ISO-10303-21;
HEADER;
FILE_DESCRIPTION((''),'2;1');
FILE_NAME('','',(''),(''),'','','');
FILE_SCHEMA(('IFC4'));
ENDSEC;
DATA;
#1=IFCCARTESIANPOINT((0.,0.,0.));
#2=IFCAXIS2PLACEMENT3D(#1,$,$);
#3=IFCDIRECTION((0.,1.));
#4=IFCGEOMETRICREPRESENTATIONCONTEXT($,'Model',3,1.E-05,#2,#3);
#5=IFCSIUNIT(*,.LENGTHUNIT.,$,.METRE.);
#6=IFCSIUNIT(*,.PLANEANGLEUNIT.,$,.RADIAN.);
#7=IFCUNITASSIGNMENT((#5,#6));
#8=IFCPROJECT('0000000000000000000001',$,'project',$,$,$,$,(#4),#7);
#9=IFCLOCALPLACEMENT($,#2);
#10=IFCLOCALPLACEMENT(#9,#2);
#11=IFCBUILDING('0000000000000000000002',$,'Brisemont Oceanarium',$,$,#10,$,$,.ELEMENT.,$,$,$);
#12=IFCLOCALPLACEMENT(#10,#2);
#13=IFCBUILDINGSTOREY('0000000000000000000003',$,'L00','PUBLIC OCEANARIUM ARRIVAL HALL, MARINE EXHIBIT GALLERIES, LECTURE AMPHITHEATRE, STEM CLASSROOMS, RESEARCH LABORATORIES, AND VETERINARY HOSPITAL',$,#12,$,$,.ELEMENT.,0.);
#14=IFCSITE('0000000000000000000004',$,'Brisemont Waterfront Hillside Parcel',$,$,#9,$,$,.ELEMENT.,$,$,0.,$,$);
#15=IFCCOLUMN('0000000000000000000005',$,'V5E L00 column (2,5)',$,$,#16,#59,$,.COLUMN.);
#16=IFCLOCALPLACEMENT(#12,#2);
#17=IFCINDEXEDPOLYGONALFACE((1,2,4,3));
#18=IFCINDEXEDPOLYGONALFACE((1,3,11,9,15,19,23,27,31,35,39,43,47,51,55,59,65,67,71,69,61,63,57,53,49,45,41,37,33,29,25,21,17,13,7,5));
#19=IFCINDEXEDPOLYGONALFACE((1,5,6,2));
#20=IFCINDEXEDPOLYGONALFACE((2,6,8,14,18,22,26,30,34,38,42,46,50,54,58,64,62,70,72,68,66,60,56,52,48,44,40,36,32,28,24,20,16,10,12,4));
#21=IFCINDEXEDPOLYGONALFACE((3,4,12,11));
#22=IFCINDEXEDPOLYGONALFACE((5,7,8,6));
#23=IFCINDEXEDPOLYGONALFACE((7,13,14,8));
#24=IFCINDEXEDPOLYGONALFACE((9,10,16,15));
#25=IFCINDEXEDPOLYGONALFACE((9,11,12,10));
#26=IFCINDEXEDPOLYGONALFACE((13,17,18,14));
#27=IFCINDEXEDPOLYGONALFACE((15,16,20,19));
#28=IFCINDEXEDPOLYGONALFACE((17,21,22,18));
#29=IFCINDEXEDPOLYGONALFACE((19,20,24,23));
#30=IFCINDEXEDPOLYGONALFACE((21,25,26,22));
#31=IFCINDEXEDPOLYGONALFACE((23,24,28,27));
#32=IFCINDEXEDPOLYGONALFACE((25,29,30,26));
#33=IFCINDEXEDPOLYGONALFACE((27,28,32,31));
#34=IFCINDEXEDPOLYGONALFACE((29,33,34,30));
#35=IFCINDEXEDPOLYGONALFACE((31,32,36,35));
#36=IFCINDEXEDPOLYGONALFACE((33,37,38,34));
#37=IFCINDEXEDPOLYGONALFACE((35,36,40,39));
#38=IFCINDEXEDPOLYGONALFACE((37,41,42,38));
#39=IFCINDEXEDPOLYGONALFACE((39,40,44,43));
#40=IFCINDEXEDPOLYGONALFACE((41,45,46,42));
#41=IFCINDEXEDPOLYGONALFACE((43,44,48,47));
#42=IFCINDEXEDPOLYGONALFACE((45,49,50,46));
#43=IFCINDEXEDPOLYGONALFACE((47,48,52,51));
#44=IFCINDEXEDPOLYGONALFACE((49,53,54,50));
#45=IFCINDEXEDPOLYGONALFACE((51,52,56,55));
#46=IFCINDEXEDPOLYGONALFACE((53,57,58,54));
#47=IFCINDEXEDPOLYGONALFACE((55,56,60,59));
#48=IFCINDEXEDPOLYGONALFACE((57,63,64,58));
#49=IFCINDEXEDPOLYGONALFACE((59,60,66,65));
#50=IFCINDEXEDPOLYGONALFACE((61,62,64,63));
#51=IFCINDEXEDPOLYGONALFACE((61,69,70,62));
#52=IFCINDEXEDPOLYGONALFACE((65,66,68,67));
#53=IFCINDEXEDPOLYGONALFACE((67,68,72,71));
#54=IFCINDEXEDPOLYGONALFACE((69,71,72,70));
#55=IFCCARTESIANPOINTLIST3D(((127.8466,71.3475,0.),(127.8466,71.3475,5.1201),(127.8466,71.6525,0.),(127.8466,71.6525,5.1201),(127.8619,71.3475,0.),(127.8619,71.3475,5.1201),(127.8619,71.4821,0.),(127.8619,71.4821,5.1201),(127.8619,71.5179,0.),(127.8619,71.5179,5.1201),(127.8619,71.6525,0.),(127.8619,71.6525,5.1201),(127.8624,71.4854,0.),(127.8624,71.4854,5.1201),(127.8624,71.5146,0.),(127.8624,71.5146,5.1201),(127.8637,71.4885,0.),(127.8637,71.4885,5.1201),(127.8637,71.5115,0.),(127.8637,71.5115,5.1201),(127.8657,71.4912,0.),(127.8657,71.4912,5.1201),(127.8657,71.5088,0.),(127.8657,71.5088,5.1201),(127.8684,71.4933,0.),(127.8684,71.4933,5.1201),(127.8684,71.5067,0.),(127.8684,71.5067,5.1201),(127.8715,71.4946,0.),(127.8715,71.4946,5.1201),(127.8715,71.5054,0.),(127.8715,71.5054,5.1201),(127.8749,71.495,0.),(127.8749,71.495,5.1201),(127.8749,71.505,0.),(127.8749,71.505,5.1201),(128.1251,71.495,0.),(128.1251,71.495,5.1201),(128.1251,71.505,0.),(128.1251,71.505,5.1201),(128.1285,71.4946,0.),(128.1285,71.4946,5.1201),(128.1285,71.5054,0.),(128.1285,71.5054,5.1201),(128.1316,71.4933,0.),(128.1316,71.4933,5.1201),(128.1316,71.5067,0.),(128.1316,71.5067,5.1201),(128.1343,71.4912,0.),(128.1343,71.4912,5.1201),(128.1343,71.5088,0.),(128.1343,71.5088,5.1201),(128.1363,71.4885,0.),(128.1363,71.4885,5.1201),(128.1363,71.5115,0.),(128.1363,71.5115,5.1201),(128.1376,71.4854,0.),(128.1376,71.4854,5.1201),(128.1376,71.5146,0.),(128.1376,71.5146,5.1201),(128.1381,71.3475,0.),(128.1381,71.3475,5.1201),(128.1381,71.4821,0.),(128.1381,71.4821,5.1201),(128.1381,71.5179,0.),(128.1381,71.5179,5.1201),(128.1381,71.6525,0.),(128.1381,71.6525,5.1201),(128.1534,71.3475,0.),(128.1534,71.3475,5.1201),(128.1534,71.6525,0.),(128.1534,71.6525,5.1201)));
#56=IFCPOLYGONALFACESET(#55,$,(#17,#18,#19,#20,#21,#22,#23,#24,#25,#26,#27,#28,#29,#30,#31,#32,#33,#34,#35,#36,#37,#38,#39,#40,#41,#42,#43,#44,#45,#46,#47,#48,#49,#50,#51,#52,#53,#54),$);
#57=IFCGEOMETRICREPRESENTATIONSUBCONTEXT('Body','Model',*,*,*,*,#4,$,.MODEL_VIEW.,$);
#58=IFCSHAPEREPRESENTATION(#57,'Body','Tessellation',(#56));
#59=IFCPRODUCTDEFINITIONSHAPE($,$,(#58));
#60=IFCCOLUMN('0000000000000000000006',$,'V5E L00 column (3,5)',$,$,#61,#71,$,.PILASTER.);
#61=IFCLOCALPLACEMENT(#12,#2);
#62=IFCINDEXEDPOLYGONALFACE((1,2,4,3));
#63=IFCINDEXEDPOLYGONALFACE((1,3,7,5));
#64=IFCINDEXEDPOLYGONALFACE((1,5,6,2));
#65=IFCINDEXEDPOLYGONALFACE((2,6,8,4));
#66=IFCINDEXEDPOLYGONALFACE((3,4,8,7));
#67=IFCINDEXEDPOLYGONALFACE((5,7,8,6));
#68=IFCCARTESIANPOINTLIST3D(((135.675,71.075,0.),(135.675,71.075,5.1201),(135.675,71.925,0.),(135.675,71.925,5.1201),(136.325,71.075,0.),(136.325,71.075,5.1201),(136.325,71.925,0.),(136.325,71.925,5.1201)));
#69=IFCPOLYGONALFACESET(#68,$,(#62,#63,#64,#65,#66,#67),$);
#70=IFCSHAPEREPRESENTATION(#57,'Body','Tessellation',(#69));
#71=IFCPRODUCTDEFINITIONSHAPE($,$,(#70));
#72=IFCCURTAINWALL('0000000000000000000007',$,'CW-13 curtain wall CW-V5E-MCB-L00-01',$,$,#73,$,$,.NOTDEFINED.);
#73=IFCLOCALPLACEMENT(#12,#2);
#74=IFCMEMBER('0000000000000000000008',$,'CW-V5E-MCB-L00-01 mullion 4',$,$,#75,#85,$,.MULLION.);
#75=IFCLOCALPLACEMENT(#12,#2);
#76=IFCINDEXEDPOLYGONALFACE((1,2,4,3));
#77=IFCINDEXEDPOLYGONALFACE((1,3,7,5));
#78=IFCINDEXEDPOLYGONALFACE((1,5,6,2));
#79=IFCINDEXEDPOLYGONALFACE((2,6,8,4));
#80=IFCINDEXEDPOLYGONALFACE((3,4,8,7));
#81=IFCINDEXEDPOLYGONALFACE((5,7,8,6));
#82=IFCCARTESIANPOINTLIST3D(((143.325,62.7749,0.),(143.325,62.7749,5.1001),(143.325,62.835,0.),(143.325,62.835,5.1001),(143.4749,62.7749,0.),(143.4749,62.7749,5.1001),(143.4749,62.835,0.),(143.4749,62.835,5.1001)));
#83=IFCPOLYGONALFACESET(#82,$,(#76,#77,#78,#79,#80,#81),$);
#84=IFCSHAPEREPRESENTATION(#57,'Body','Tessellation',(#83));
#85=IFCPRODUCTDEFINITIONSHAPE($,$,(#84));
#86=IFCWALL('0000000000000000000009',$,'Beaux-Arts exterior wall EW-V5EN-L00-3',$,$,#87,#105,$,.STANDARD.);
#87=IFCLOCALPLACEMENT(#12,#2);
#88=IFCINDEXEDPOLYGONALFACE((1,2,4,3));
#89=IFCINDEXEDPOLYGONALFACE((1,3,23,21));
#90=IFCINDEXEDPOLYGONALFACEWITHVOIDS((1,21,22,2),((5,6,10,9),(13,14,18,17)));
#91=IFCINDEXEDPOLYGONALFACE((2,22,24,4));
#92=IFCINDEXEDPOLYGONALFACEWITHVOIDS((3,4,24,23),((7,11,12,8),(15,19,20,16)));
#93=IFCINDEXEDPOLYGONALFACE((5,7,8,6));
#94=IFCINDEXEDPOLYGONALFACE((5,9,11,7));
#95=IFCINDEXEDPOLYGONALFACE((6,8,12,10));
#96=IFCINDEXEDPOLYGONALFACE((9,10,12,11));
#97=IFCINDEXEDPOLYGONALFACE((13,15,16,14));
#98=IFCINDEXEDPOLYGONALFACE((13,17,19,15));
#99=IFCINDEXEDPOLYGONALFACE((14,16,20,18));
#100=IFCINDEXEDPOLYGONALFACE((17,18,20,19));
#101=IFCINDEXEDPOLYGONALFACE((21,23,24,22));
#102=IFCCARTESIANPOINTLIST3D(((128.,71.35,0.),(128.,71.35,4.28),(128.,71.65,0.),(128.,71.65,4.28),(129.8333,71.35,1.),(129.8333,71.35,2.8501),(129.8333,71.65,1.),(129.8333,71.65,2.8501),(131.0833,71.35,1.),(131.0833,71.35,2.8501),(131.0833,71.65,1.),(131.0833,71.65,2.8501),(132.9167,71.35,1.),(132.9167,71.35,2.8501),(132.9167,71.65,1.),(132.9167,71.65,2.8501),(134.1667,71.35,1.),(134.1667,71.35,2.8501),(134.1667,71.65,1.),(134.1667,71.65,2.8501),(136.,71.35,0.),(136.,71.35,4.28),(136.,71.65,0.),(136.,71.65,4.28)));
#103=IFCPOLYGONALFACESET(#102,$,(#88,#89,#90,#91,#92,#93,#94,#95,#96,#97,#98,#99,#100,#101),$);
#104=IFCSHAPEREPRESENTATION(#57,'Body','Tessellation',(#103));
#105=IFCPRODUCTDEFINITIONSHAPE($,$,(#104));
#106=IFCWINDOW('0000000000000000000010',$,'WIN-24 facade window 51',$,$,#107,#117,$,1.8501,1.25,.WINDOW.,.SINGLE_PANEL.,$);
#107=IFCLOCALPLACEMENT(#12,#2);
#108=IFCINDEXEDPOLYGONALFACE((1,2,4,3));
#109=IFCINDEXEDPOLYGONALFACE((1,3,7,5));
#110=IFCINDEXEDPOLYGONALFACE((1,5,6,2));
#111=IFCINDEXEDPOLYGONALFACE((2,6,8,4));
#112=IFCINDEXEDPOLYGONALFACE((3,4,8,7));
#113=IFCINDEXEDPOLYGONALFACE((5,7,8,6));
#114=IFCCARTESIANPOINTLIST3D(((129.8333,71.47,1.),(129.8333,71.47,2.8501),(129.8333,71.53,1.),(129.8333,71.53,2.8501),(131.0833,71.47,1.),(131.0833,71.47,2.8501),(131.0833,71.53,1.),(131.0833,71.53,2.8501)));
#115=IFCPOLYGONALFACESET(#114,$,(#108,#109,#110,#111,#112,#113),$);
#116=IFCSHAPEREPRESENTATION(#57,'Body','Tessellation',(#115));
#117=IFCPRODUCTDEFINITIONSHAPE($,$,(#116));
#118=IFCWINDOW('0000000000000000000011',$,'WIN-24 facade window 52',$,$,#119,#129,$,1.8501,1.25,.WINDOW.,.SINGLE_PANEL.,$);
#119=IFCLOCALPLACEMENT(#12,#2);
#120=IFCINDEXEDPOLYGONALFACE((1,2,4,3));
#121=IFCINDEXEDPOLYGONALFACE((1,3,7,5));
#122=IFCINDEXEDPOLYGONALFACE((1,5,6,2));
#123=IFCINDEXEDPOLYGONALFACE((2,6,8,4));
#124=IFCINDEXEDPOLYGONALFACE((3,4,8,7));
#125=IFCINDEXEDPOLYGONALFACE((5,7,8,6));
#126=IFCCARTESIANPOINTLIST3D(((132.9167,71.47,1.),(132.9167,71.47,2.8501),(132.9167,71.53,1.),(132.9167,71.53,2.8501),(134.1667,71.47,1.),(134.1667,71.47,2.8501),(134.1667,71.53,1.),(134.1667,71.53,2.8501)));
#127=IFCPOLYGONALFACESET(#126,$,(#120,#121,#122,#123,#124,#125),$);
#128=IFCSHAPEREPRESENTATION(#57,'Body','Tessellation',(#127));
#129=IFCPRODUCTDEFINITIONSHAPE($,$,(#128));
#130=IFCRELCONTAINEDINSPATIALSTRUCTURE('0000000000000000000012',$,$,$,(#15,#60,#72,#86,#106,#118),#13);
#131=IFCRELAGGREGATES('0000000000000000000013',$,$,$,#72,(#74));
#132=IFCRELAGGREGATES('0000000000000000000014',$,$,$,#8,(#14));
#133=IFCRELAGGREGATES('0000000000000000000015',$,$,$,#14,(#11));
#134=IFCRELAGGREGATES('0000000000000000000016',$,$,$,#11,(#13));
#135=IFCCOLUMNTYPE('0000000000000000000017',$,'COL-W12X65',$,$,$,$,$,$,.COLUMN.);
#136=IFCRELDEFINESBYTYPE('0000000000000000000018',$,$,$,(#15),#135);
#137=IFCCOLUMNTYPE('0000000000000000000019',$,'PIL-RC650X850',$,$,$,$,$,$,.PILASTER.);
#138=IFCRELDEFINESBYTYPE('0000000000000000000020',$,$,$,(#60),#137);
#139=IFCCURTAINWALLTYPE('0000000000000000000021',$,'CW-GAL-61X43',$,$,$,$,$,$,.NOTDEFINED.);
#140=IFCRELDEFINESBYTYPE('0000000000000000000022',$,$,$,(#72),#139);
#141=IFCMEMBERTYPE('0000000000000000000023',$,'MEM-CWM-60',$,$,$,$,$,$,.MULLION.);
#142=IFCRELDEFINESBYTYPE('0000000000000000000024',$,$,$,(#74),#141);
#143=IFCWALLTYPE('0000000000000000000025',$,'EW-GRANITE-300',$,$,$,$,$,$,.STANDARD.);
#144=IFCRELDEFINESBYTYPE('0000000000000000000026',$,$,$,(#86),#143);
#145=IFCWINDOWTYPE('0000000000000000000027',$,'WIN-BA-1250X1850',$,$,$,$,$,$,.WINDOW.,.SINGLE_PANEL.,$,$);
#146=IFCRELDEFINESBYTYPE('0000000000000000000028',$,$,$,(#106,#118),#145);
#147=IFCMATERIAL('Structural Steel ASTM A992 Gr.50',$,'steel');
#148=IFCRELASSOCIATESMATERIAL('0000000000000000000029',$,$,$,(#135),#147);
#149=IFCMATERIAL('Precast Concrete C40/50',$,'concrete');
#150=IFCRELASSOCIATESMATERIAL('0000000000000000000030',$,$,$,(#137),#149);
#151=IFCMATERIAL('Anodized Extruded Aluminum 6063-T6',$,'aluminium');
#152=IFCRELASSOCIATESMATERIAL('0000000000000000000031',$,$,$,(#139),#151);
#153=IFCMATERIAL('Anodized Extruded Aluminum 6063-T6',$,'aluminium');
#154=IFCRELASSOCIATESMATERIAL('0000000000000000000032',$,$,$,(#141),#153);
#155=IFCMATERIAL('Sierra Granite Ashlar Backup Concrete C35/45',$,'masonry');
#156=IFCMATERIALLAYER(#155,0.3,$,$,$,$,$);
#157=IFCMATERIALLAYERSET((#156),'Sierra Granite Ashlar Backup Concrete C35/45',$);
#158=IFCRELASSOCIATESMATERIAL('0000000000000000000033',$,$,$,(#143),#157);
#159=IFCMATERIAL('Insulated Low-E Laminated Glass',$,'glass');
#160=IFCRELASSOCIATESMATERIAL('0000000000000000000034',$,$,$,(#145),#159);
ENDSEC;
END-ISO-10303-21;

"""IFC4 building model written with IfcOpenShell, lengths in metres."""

from ifc_helpers import new_model, si_unit, direction, frame, frame_2d, origin, origin_2d, place, context, subcontext, project, spatial, rectangle, i_section, extrude, material, layer, layer_set, material_profile, profile_set, type_object, element, fill, aggregate, save


model = new_model("IFC4")

# Units and contexts
model_context = context("Model", 3, precision=1e-05, world=origin(), true_north=direction((0.0, 1.0)))
body_context = subcontext(model_context, "Body", "Model", "MODEL_VIEW")
ifc_project = project(units=[si_unit("LENGTHUNIT", "METRE"), si_unit("PLANEANGLEUNIT", "RADIAN")], contexts=[model_context])

# Site, building, storey
site_placement = place(None, origin())
site = spatial("IfcSite", under=ifc_project, at=site_placement, Name="Brisemont Waterfront Hillside Parcel", CompositionType="ELEMENT", RefElevation=0.0)
building_placement = place(site_placement, origin())
building = spatial("IfcBuilding", under=site, at=building_placement, Name="Brisemont Oceanarium", CompositionType="ELEMENT")
storey_placement = place(building_placement, origin())
storey = spatial("IfcBuildingStorey", under=building, at=storey_placement, Name="L00", Description="PUBLIC OCEANARIUM ARRIVAL HALL, MARINE EXHIBIT GALLERIES, LECTURE AMPHITHEATRE, STEM CLASSROOMS, RESEARCH LABORATORIES, AND VETERINARY HOSPITAL", CompositionType="ELEMENT", Elevation=0.0)

# Columns
ifc_material_1 = material(Name="Structural Steel ASTM A992 Gr.50", Category="steel")
ifc_material_profile_1 = material_profile(ifc_material_1, i_section(OverallWidth=0.3049, OverallDepth=0.3069, WebThickness=0.01, FlangeThickness=0.0154, FilletRadius=0.0129, at=origin_2d()), Name="W12X65")
ifc_profile_set_1 = profile_set([ifc_material_profile_1], Name="Structural Steel ASTM A992 Gr.50")
column_type_1 = type_object("IfcColumnType", Name="COL-W12X65", PredefinedType="COLUMN", material=ifc_profile_set_1)
column_1_placement = place(storey_placement, frame((128.0, 71.5, 0.0), z_axis=(0.0, 0.0, 1.0), x_axis=(0.0, 1.0, 0.0)))
element("IfcColumn", 1, at=column_1_placement, inside=storey, type_object=column_type_1, Name="V5E L00 column (2,5)", PredefinedType="COLUMN", context=body_context, shape_type="SweptSolid", body=[
    extrude(i_section(OverallWidth=0.3049, OverallDepth=0.3069, WebThickness=0.01, FlangeThickness=0.0154, FilletRadius=0.0129, at=origin_2d()), origin(), (0.0, 0.0, 1.0), 5.1201),
])
ifc_material_2 = material(Name="Precast Concrete C40/50", Category="concrete")
ifc_material_profile_2 = material_profile(ifc_material_2, rectangle(XDim=0.6499, YDim=0.8501, at=origin_2d()), Name="RC-PIL-650X850")
ifc_profile_set_2 = profile_set([ifc_material_profile_2], Name="Precast Concrete C40/50")
column_type_2 = type_object("IfcColumnType", Name="PIL-RC650X850", PredefinedType="PILASTER", material=ifc_profile_set_2)
column_2_placement = place(storey_placement, frame((136.0, 71.5, 0.0), z_axis=(0.0, 0.0, 1.0), x_axis=(1.0, 0.0, 0.0)))
element("IfcColumn", 2, at=column_2_placement, inside=storey, type_object=column_type_2, Name="V5E L00 column (3,5)", PredefinedType="PILASTER", context=body_context, shape_type="SweptSolid", body=[
    extrude(rectangle(XDim=0.6499, YDim=0.8501, at=origin_2d()), origin(), (0.0, 0.0, 1.0), 5.1201),
])

# Curtain wall, member
ifc_material_3 = material(Name="Anodized Extruded Aluminum 6063-T6", Category="aluminium")
curtain_wall_type = type_object("IfcCurtainWallType", Name="CW-GAL-61X43", PredefinedType="NOTDEFINED", material=ifc_material_3)
curtain_wall_placement = place(storey_placement, origin())
curtain_wall = element("IfcCurtainWall", 3, at=curtain_wall_placement, inside=storey, type_object=curtain_wall_type, Name="CW-13 curtain wall CW-V5E-MCB-L00-01", PredefinedType="NOTDEFINED")
ifc_material_4 = material(Name="Anodized Extruded Aluminum 6063-T6", Category="aluminium")
ifc_material_profile_3 = material_profile(ifc_material_4, rectangle(XDim=0.0601, YDim=0.1499, at=origin_2d()), Name="CWM-60X150")
ifc_profile_set_3 = profile_set([ifc_material_profile_3], Name="Anodized Extruded Aluminum 6063-T6")
member_type = type_object("IfcMemberType", Name="MEM-CWM-60", PredefinedType="MULLION", material=ifc_profile_set_3)
member_placement = place(storey_placement, frame((143.3999, 62.8049, 0.0), z_axis=(0.0, 0.0, 1.0), x_axis=(0.0, 1.0, 0.0)))
member = element("IfcMember", 4, at=member_placement, type_object=member_type, Name="CW-V5E-MCB-L00-01 mullion 4", PredefinedType="MULLION", context=body_context, shape_type="SweptSolid", body=[
    extrude(rectangle(XDim=0.0601, YDim=0.1499, at=origin_2d()), origin(), (0.0, 0.0, 1.0), 5.1001),
])
aggregate(curtain_wall, [member])

# Wall, openings, windows
ifc_material_5 = material(Name="Sierra Granite Ashlar Backup Concrete C35/45", Category="masonry")
ifc_layer = layer(ifc_material_5, 0.3)
ifc_layer_set = layer_set([ifc_layer], Name="Sierra Granite Ashlar Backup Concrete C35/45")
wall_type = type_object("IfcWallType", Name="EW-GRANITE-300", PredefinedType="STANDARD", material=ifc_layer_set)
wall_1_placement = place(storey_placement, frame((128.0, 71.5, 0.0), z_axis=(0.0, 0.0, 1.0), x_axis=(1.0, 0.0, 0.0)))
wall_1 = element("IfcWall", 5, at=wall_1_placement, inside=storey, type_object=wall_type, Name="Beaux-Arts exterior wall EW-V5EN-L00-3", PredefinedType="STANDARD", context=body_context, shape_type="SweptSolid", body=[
    extrude(rectangle(XDim=8.0, YDim=0.3, at=frame_2d((4.0, 0.0))), origin(), (0.0, 0.0, 1.0), 4.28),
])
opening_1_placement = place(wall_1_placement, frame((1.8333, 0.0, 1.0)))
opening_1 = element("IfcOpeningElement", 6, at=opening_1_placement, cuts=wall_1, PredefinedType="OPENING", context=body_context, shape_type="SweptSolid", body=[
    extrude(rectangle(XDim=1.25, YDim=1.8501, at=frame_2d((0.625, 0.925))), frame((0.0, 0.1599, 0.0), z_axis=(0.0, -1.0, 0.0), x_axis=(1.0, 0.0, 0.0)), (0.0, 0.0, 1.0), 0.3201),
])
opening_2_placement = place(wall_1_placement, frame((4.9167, 0.0, 1.0)))
opening_2 = element("IfcOpeningElement", 7, at=opening_2_placement, cuts=wall_1, PredefinedType="OPENING", context=body_context, shape_type="SweptSolid", body=[
    extrude(rectangle(XDim=1.25, YDim=1.8501, at=frame_2d((0.625, 0.925))), frame((0.0, 0.1599, 0.0), z_axis=(0.0, -1.0, 0.0), x_axis=(1.0, 0.0, 0.0)), (0.0, 0.0, 1.0), 0.3201),
])
ifc_material_6 = material(Name="Insulated Low-E Laminated Glass", Category="glass")
window_type_1 = type_object("IfcWindowType", Name="WIN-BA-1250X1850", PartitioningType="SINGLE_PANEL", PredefinedType="WINDOW", material=ifc_material_6)
window_1_placement = place(opening_1_placement, origin())
window_1 = element("IfcWindow", 8, at=window_1_placement, inside=storey, type_object=window_type_1, Name="WIN-24 facade window 51", OverallHeight=1.8501, OverallWidth=1.25, PartitioningType="SINGLE_PANEL", PredefinedType="WINDOW", context=body_context, shape_type="SweptSolid", body=[
    extrude(rectangle(XDim=1.25, YDim=1.8501, at=frame_2d((0.625, 0.925))), frame((0.0, 0.03, 0.0), z_axis=(0.0, -1.0, 0.0), x_axis=(1.0, 0.0, 0.0)), (0.0, 0.0, 1.0), 0.0601),
])
fill(opening_1, window_1)
window_2_placement = place(opening_2_placement, origin())
window_2 = element("IfcWindow", 9, at=window_2_placement, inside=storey, type_object=window_type_1, Name="WIN-24 facade window 52", OverallHeight=1.8501, OverallWidth=1.25, PartitioningType="SINGLE_PANEL", PredefinedType="WINDOW", context=body_context, shape_type="SweptSolid", body=[
    extrude(rectangle(XDim=1.25, YDim=1.8501, at=frame_2d((0.625, 0.925))), frame((0.0, 0.03, 0.0), z_axis=(0.0, -1.0, 0.0), x_axis=(1.0, 0.0, 0.0)), (0.0, 0.0, 1.0), 0.0601),
])
fill(opening_2, window_2)

save(model, "model.ifc")
